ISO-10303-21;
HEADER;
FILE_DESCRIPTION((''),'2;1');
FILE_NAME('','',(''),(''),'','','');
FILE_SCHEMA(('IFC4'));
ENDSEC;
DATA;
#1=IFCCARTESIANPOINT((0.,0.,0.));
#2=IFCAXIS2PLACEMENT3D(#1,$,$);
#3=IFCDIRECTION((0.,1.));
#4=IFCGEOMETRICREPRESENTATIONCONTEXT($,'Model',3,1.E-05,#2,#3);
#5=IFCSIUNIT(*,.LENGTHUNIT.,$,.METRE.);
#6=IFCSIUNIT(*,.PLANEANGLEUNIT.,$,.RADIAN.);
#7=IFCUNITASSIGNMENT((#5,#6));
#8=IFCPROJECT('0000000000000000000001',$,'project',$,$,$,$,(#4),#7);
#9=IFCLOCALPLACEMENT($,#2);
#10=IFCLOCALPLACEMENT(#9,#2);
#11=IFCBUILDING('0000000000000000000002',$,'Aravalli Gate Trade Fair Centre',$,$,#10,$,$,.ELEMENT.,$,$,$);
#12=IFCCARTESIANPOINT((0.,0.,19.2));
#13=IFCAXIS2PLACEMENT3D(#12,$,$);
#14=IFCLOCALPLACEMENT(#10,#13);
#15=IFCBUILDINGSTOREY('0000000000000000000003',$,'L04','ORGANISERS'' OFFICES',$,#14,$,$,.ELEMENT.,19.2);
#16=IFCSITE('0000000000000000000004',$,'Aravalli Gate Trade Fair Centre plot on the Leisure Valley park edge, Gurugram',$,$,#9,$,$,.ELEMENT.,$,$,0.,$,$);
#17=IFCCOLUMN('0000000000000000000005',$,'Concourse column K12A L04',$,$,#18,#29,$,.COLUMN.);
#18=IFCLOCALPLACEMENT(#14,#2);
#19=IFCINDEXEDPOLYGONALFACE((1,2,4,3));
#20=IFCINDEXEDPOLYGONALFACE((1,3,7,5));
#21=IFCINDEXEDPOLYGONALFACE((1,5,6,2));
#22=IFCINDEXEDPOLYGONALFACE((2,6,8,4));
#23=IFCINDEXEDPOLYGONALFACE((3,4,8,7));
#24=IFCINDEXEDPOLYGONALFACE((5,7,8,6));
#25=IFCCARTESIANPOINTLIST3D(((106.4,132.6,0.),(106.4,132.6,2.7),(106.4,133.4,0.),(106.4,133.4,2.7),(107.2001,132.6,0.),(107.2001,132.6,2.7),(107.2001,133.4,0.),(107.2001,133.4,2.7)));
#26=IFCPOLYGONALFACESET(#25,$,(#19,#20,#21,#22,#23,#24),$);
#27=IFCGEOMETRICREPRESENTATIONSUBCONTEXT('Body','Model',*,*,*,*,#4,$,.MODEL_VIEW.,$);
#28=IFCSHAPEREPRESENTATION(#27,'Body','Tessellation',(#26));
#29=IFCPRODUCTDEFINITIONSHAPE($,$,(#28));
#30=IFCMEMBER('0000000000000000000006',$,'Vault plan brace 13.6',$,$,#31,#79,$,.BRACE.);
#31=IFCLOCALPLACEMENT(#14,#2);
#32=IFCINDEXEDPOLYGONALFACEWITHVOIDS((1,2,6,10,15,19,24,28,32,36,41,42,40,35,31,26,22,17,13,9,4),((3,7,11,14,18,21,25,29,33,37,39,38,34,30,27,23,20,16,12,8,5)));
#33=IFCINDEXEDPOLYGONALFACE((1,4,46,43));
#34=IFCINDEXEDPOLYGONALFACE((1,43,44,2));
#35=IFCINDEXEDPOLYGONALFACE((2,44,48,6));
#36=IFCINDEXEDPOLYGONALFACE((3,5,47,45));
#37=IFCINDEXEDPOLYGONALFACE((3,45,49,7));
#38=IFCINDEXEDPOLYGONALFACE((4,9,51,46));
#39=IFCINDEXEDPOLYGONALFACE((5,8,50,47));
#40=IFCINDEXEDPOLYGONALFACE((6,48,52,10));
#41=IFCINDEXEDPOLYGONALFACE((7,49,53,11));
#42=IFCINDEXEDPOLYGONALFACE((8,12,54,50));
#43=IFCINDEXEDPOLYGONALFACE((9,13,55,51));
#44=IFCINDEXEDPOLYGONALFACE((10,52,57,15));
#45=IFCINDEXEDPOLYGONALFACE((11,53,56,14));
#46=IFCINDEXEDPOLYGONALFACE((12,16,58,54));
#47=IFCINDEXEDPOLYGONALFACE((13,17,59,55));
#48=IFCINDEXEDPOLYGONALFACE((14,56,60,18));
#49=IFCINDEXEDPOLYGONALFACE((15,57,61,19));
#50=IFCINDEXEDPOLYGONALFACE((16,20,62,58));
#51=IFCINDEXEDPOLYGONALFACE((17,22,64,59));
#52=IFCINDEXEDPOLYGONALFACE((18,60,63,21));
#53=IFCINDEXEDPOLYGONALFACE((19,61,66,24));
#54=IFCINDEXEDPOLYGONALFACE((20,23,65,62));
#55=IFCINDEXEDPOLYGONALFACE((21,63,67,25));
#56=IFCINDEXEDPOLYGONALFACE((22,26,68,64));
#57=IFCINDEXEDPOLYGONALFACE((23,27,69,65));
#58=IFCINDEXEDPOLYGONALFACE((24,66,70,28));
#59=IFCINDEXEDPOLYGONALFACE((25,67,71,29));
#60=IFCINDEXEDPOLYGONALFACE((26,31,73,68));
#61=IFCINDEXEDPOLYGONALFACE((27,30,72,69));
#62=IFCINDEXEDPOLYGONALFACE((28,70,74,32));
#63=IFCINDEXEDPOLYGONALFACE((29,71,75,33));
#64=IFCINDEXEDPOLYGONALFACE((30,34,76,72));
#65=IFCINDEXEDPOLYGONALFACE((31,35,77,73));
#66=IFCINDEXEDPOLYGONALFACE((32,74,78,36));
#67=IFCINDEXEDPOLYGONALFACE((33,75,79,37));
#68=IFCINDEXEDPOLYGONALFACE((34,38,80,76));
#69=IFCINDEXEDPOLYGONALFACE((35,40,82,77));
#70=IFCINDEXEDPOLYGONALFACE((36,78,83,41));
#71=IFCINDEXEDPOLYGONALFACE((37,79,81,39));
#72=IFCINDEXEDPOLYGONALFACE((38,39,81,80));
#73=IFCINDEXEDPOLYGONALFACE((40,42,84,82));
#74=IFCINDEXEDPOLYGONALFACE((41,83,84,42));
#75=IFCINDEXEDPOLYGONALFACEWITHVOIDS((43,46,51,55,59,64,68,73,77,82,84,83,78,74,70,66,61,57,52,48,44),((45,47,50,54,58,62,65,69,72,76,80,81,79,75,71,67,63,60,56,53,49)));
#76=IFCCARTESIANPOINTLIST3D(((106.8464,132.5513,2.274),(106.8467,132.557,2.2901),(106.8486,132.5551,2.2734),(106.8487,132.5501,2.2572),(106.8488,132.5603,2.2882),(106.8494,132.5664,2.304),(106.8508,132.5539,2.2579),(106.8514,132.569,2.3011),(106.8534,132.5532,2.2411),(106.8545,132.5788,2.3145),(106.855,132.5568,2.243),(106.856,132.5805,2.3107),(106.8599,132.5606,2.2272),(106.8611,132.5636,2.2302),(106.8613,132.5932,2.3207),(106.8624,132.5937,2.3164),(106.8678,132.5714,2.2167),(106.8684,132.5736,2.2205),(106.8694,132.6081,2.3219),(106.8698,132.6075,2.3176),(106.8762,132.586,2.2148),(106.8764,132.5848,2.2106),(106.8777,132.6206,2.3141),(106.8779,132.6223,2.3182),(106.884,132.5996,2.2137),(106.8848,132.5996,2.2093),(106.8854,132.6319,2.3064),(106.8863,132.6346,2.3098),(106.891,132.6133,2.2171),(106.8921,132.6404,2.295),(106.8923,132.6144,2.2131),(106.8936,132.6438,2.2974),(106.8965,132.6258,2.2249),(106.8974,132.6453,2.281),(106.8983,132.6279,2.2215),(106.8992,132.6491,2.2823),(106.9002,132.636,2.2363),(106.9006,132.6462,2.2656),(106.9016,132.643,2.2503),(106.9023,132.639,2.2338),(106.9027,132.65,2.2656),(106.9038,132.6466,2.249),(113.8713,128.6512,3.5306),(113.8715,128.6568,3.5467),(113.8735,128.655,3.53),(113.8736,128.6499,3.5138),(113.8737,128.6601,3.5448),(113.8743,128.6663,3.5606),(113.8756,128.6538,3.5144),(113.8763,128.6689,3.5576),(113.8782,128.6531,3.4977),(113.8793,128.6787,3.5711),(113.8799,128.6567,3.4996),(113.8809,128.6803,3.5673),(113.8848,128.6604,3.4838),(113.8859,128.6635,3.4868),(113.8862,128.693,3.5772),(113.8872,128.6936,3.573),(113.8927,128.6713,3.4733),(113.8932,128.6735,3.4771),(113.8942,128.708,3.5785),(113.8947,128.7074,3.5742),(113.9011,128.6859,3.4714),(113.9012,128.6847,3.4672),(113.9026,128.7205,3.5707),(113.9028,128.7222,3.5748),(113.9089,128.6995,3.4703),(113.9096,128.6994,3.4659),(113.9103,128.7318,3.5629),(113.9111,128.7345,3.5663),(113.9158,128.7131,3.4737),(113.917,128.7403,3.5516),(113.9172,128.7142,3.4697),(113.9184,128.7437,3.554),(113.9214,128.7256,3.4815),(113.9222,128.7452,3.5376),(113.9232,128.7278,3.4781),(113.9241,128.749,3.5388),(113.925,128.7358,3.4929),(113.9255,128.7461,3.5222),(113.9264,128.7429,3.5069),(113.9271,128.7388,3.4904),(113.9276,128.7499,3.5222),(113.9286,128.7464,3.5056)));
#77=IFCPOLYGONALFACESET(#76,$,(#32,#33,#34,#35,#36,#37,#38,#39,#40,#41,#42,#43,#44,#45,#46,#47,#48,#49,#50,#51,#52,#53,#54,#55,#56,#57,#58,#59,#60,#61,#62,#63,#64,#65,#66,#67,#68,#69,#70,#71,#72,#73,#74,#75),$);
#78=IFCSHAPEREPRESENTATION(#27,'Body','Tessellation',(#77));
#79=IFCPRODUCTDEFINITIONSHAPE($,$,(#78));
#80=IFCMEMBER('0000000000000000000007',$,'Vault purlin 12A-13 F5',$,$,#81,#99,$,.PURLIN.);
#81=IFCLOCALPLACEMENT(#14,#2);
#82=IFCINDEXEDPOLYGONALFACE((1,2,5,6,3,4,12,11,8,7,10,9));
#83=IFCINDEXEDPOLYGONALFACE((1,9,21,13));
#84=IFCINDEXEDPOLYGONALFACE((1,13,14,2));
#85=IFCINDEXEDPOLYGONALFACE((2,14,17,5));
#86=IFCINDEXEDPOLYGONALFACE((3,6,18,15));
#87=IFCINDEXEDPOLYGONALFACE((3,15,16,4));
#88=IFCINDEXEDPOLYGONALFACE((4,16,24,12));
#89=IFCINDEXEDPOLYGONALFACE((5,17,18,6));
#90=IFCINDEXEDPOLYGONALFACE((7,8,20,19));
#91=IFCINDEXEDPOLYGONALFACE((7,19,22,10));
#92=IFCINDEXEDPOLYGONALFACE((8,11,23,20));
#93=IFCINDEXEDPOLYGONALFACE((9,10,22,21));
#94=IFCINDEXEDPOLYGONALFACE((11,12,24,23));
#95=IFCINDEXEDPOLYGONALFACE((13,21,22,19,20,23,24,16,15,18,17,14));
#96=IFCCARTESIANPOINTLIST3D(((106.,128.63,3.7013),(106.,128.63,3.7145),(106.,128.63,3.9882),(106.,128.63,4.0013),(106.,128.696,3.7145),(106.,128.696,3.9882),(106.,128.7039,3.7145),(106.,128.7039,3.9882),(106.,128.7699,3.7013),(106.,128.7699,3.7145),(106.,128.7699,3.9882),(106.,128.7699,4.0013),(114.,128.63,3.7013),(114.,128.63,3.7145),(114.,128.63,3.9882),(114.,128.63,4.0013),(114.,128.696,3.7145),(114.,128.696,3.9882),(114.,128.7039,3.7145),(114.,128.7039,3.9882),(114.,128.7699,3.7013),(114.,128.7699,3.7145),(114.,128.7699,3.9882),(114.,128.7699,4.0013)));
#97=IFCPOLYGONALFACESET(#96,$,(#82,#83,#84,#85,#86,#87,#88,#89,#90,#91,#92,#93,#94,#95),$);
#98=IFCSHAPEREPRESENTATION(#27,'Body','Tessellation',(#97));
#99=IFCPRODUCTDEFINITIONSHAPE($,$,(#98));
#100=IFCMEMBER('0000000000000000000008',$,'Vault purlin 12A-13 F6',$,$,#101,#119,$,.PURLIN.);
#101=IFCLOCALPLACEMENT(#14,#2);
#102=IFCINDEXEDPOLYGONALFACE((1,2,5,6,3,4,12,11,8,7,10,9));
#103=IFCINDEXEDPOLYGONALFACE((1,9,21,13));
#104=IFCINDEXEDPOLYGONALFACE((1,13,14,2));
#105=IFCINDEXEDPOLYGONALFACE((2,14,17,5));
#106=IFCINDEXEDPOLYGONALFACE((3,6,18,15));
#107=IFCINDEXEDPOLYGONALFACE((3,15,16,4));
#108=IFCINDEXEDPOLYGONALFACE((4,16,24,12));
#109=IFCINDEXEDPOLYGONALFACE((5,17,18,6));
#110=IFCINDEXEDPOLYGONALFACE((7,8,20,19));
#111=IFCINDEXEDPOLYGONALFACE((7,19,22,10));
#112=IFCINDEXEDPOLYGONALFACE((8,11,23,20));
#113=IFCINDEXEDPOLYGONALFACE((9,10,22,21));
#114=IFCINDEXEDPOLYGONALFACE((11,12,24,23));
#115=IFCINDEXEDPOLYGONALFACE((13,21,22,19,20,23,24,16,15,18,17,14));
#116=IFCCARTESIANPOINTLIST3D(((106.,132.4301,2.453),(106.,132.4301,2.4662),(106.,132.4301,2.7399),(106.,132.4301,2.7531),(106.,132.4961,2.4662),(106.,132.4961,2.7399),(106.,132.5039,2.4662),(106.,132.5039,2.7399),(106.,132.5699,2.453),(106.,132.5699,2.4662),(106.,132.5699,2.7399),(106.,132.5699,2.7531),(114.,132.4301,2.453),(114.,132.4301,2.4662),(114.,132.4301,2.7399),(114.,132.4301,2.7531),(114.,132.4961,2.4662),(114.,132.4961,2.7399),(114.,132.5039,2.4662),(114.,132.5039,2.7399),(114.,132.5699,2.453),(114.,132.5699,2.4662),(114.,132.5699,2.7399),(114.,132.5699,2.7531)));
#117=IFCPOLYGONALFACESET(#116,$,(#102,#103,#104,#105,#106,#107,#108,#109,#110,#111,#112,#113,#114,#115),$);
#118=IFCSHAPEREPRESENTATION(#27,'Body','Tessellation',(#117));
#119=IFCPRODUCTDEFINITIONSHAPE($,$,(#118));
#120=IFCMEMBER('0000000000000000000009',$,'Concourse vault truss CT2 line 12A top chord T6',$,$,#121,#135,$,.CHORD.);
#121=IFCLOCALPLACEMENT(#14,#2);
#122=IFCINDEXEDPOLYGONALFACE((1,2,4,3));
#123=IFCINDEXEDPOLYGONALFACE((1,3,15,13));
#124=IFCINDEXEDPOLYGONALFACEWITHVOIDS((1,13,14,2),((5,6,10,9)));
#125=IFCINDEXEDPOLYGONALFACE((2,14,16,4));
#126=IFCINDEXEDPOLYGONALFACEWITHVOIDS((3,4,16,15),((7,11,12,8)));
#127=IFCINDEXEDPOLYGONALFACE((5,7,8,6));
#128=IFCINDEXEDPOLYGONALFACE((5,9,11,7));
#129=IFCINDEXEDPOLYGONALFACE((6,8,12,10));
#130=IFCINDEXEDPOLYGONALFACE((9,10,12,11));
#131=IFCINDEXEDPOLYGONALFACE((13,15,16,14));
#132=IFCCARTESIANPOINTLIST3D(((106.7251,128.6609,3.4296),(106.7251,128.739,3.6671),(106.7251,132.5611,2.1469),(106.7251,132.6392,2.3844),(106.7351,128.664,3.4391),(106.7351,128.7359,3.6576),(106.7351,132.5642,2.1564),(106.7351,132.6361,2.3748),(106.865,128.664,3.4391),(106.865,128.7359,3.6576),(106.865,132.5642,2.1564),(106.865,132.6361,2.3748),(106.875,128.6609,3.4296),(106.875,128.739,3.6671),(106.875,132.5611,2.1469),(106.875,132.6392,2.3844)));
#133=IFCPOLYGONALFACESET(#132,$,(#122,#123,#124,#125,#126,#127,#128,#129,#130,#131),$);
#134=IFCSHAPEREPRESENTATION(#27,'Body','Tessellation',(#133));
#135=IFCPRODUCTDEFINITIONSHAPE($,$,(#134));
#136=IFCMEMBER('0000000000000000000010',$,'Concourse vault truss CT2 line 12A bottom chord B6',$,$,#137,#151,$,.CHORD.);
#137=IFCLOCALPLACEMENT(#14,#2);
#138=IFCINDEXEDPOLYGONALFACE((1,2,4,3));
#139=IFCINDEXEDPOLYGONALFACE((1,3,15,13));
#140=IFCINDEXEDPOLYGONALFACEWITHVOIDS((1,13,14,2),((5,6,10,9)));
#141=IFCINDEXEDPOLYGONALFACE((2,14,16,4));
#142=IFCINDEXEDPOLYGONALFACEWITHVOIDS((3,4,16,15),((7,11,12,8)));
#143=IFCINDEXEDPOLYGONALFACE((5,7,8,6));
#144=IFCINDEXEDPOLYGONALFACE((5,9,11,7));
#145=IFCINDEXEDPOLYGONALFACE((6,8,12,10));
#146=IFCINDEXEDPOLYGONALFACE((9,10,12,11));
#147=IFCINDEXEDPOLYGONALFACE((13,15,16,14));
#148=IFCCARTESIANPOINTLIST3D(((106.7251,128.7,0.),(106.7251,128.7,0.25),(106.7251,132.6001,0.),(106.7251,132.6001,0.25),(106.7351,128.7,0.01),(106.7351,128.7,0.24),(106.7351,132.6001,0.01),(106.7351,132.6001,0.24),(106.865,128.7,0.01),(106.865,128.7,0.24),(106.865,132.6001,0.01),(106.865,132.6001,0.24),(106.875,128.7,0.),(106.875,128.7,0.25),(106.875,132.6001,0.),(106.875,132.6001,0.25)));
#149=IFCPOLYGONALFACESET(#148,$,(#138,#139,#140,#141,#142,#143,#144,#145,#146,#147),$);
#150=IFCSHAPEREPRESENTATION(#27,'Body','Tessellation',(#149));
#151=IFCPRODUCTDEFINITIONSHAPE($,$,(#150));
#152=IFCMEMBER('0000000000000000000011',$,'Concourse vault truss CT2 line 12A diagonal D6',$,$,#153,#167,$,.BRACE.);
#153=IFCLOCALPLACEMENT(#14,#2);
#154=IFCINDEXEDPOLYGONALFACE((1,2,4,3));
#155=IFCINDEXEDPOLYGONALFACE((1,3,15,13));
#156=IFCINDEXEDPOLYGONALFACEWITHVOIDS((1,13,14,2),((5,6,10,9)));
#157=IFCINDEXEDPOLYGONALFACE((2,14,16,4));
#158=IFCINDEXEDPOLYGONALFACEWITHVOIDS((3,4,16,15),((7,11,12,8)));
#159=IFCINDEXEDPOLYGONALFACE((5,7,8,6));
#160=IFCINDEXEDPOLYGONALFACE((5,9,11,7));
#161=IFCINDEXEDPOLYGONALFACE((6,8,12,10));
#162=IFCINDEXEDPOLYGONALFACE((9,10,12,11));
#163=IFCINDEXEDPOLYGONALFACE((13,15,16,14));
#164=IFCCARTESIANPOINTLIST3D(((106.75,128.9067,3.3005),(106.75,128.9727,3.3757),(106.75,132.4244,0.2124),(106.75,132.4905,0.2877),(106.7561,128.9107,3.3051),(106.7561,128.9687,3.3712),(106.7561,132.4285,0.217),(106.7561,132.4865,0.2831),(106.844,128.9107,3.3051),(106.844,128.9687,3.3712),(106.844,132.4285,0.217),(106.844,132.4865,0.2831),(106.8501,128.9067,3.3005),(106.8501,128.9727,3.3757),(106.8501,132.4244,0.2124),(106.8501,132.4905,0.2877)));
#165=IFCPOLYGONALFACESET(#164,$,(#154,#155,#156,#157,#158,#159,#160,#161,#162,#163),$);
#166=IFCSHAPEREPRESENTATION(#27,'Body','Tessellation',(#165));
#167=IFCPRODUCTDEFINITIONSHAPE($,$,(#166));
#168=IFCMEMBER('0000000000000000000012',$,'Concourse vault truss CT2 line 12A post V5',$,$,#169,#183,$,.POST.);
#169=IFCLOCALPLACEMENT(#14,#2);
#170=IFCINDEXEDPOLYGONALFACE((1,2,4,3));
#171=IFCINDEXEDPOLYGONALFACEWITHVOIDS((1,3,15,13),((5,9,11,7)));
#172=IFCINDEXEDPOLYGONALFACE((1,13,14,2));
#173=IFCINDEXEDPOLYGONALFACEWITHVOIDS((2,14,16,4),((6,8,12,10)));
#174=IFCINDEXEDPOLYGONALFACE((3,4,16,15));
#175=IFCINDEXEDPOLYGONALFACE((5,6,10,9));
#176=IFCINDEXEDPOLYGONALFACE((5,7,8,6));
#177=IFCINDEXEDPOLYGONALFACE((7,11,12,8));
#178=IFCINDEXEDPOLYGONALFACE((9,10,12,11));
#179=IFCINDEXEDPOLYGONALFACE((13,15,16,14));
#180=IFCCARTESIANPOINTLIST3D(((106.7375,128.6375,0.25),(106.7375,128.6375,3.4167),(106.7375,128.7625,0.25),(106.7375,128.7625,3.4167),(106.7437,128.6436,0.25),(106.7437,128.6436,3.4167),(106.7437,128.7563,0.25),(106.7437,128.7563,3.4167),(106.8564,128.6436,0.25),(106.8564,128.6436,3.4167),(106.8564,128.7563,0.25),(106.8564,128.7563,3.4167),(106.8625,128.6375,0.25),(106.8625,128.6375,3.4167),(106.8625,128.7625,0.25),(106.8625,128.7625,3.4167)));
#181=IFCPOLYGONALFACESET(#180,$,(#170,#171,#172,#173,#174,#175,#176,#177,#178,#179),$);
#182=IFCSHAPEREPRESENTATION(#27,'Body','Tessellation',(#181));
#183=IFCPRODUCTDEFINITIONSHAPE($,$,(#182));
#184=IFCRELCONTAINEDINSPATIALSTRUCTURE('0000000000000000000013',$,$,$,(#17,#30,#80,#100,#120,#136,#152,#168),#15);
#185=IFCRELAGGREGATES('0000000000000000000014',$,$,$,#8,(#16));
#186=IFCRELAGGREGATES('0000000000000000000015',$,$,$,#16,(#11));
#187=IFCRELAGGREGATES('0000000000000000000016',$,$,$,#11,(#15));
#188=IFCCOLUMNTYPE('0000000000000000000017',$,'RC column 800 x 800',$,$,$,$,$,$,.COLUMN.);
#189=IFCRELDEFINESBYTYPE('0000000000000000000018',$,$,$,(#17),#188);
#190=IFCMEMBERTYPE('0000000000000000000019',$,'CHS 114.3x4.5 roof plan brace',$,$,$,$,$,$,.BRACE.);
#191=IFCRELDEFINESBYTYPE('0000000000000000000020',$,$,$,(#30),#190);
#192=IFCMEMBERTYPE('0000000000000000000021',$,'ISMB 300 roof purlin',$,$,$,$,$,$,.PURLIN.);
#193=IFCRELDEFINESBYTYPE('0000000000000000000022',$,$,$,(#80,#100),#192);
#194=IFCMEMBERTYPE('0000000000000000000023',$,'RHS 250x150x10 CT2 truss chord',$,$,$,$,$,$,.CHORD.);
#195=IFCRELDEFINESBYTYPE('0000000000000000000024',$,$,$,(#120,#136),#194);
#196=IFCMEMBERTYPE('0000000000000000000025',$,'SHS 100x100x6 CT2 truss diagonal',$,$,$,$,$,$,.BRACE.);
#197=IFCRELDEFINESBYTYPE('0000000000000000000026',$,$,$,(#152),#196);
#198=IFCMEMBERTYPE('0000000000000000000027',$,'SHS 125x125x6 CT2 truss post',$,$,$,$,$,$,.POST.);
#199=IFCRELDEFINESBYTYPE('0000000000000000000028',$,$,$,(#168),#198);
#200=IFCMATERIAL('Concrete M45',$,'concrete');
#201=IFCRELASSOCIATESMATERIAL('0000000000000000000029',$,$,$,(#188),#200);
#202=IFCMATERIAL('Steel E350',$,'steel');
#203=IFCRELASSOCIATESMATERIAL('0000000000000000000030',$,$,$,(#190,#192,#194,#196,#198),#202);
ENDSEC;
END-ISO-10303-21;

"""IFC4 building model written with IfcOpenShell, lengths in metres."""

from ifc_helpers import new_model, si_unit, direction, frame, origin, origin_2d, place, context, subcontext, project, spatial, rectangle, hollow_rectangle, hollow_circle, i_section, extrude, material, material_profile, profile_set, type_object, element, save


model = new_model("IFC4")

# Units and contexts
model_context = context("Model", 3, precision=1e-05, world=origin(), true_north=direction((0.0, 1.0)))
body_context = subcontext(model_context, "Body", "Model", "MODEL_VIEW")
ifc_project = project(units=[si_unit("LENGTHUNIT", "METRE"), si_unit("PLANEANGLEUNIT", "RADIAN")], contexts=[model_context])

# Site, building, storey
site_placement = place(None, origin())
site = spatial("IfcSite", under=ifc_project, at=site_placement, Name="Aravalli Gate Trade Fair Centre plot on the Leisure Valley park edge, Gurugram", CompositionType="ELEMENT", RefElevation=0.0)
building_placement = place(site_placement, origin())
building = spatial("IfcBuilding", under=site, at=building_placement, Name="Aravalli Gate Trade Fair Centre", CompositionType="ELEMENT")
storey_placement = place(building_placement, frame((0.0, 0.0, 19.2)))
storey = spatial("IfcBuildingStorey", under=building, at=storey_placement, Name="L04", Description="ORGANISERS' OFFICES", CompositionType="ELEMENT", Elevation=19.2)

# Column
ifc_material_1 = material(Name="Concrete M45", Category="concrete")
ifc_material_profile_1 = material_profile(ifc_material_1, rectangle(XDim=0.8, YDim=0.8, at=origin_2d()), Name="RC column 800 x 800")
ifc_profile_set_1 = profile_set([ifc_material_profile_1], Name="Concrete M45")
column_type = type_object("IfcColumnType", Name="RC column 800 x 800", PredefinedType="COLUMN", material=ifc_profile_set_1)
column_placement = place(storey_placement, frame((106.8, 133.0, 0.0), z_axis=(0.0, 0.0, 1.0), x_axis=(1.0, 0.0, 0.0)))
element("IfcColumn", 1, at=column_placement, inside=storey, type_object=column_type, Name="Concourse column K12A L04", PredefinedType="COLUMN", context=body_context, shape_type="SweptSolid", body=[
    extrude(rectangle(XDim=0.8, YDim=0.8, at=origin_2d()), origin(), (0.0, 0.0, 1.0), 2.7),
])

# Members
ifc_material_2 = material(Name="Steel E350", Category="steel")
ifc_material_profile_2 = material_profile(ifc_material_2, hollow_circle(Radius=0.0571, WallThickness=0.0044, at=origin_2d()), Name="CHS 114.3x4.5")
ifc_profile_set_2 = profile_set([ifc_material_profile_2], Name="Steel E350")
member_type_1 = type_object("IfcMemberType", Name="CHS 114.3x4.5 roof plan brace", PredefinedType="BRACE", material=ifc_profile_set_2)
member_1_placement = place(storey_placement, frame((106.875, 132.6001, 2.2656), z_axis=(0.863794, -0.479569, 0.154513), x_axis=(0.485398, 0.874293, 0.0)))
element("IfcMember", 2, at=member_1_placement, inside=storey, type_object=member_type_1, Name="Vault plan brace 13.6", PredefinedType="BRACE", context=body_context, shape_type="SweptSolid", body=[
    extrude(hollow_circle(Radius=0.0571, WallThickness=0.0044, at=origin_2d()), origin(), (0.0, 0.0, 1.0), 8.1326),
])
ifc_material_profile_3 = material_profile(ifc_material_2, i_section(OverallWidth=0.1399, OverallDepth=0.3, WebThickness=0.0078, FlangeThickness=0.0132, at=origin_2d()), Name="ISMB 300")
ifc_profile_set_3 = profile_set([ifc_material_profile_3], Name="Steel E350")
member_type_2 = type_object("IfcMemberType", Name="ISMB 300 roof purlin", PredefinedType="PURLIN", material=ifc_profile_set_3)
for number, where, z_axis, x_axis, name in (
    (3, (106.0, 128.7, 3.8513), (1.0, 0.0, 0.0), (0.0, 1.0, 0.0), "Vault purlin 12A-13 F5"),
    (4, (106.0, 132.5, 2.603), (1.0, 0.0, 0.0), (0.0, 1.0, 0.0), "Vault purlin 12A-13 F6"),
):
    element("IfcMember", number, at=place(storey_placement, frame(where, z_axis=z_axis, x_axis=x_axis)), inside=storey, type_object=member_type_2, Name=name, PredefinedType="PURLIN", context=body_context, shape_type="SweptSolid", body=[
        extrude(i_section(OverallWidth=0.1399, OverallDepth=0.3, WebThickness=0.0078, FlangeThickness=0.0132, at=origin_2d()), origin(), (0.0, 0.0, 1.0), 8.0),
    ])
ifc_material_profile_4 = material_profile(ifc_material_2, hollow_rectangle(XDim=0.1499, YDim=0.25, WallThickness=0.01, at=origin_2d()), Name="RHS 250x150x10")
ifc_profile_set_4 = profile_set([ifc_material_profile_4], Name="Steel E350")
member_type_3 = type_object("IfcMemberType", Name="RHS 250x150x10 CT2 truss chord", PredefinedType="CHORD", material=ifc_profile_set_4)
member_2_placement = place(storey_placement, frame((106.8, 128.7, 3.5483), z_axis=(0.0, 0.949942, -0.312425), x_axis=(-1.0, 0.0, 0.0)))
element("IfcMember", 5, at=member_2_placement, inside=storey, type_object=member_type_3, Name="Concourse vault truss CT2 line 12A top chord T6", PredefinedType="CHORD", context=body_context, shape_type="SweptSolid", body=[
    extrude(hollow_rectangle(XDim=0.1499, YDim=0.25, WallThickness=0.01, at=origin_2d()), origin(), (0.0, 0.0, 1.0), 4.1057),
])
member_3_placement = place(storey_placement, frame((106.8, 128.7, 0.125), z_axis=(0.0, 1.0, 0.0), x_axis=(-1.0, 0.0, 0.0)))
element("IfcMember", 6, at=member_3_placement, inside=storey, type_object=member_type_3, Name="Concourse vault truss CT2 line 12A bottom chord B6", PredefinedType="CHORD", context=body_context, shape_type="SweptSolid", body=[
    extrude(hollow_rectangle(XDim=0.1499, YDim=0.25, WallThickness=0.01, at=origin_2d()), origin(), (0.0, 0.0, 1.0), 3.9001),
])
ifc_material_profile_5 = material_profile(ifc_material_2, hollow_rectangle(XDim=0.1001, YDim=0.1001, WallThickness=0.0061, at=origin_2d()), Name="SHS 100x100x6")
ifc_profile_set_5 = profile_set([ifc_material_profile_5], Name="Steel E350")
member_type_4 = type_object("IfcMemberType", Name="SHS 100x100x6 CT2 truss diagonal", PredefinedType="BRACE", material=ifc_profile_set_5)
member_4_placement = place(storey_placement, frame((106.8, 128.9397, 3.3381), z_axis=(0.0, 0.751513, -0.659719), x_axis=(-1.0, 0.0, 0.0)))
element("IfcMember", 7, at=member_4_placement, inside=storey, type_object=member_type_4, Name="Concourse vault truss CT2 line 12A diagonal D6", PredefinedType="BRACE", context=body_context, shape_type="SweptSolid", body=[
    extrude(hollow_rectangle(XDim=0.1001, YDim=0.1001, WallThickness=0.0061, at=origin_2d()), origin(), (0.0, 0.0, 1.0), 4.6809),
])
ifc_material_profile_6 = material_profile(ifc_material_2, hollow_rectangle(XDim=0.125, YDim=0.125, WallThickness=0.0061, at=origin_2d()), Name="SHS 125x125x6")
ifc_profile_set_6 = profile_set([ifc_material_profile_6], Name="Steel E350")
member_type_5 = type_object("IfcMemberType", Name="SHS 125x125x6 CT2 truss post", PredefinedType="POST", material=ifc_profile_set_6)
member_5_placement = place(storey_placement, frame((106.8, 128.7, 0.25), z_axis=(0.0, 0.0, 1.0), x_axis=(1.0, 0.0, 0.0)))
element("IfcMember", 8, at=member_5_placement, inside=storey, type_object=member_type_5, Name="Concourse vault truss CT2 line 12A post V5", PredefinedType="POST", context=body_context, shape_type="SweptSolid", body=[
    extrude(hollow_rectangle(XDim=0.125, YDim=0.125, WallThickness=0.0061, at=origin_2d()), origin(), (0.0, 0.0, 1.0), 3.1667),
])

save(model, "model.ifc")
